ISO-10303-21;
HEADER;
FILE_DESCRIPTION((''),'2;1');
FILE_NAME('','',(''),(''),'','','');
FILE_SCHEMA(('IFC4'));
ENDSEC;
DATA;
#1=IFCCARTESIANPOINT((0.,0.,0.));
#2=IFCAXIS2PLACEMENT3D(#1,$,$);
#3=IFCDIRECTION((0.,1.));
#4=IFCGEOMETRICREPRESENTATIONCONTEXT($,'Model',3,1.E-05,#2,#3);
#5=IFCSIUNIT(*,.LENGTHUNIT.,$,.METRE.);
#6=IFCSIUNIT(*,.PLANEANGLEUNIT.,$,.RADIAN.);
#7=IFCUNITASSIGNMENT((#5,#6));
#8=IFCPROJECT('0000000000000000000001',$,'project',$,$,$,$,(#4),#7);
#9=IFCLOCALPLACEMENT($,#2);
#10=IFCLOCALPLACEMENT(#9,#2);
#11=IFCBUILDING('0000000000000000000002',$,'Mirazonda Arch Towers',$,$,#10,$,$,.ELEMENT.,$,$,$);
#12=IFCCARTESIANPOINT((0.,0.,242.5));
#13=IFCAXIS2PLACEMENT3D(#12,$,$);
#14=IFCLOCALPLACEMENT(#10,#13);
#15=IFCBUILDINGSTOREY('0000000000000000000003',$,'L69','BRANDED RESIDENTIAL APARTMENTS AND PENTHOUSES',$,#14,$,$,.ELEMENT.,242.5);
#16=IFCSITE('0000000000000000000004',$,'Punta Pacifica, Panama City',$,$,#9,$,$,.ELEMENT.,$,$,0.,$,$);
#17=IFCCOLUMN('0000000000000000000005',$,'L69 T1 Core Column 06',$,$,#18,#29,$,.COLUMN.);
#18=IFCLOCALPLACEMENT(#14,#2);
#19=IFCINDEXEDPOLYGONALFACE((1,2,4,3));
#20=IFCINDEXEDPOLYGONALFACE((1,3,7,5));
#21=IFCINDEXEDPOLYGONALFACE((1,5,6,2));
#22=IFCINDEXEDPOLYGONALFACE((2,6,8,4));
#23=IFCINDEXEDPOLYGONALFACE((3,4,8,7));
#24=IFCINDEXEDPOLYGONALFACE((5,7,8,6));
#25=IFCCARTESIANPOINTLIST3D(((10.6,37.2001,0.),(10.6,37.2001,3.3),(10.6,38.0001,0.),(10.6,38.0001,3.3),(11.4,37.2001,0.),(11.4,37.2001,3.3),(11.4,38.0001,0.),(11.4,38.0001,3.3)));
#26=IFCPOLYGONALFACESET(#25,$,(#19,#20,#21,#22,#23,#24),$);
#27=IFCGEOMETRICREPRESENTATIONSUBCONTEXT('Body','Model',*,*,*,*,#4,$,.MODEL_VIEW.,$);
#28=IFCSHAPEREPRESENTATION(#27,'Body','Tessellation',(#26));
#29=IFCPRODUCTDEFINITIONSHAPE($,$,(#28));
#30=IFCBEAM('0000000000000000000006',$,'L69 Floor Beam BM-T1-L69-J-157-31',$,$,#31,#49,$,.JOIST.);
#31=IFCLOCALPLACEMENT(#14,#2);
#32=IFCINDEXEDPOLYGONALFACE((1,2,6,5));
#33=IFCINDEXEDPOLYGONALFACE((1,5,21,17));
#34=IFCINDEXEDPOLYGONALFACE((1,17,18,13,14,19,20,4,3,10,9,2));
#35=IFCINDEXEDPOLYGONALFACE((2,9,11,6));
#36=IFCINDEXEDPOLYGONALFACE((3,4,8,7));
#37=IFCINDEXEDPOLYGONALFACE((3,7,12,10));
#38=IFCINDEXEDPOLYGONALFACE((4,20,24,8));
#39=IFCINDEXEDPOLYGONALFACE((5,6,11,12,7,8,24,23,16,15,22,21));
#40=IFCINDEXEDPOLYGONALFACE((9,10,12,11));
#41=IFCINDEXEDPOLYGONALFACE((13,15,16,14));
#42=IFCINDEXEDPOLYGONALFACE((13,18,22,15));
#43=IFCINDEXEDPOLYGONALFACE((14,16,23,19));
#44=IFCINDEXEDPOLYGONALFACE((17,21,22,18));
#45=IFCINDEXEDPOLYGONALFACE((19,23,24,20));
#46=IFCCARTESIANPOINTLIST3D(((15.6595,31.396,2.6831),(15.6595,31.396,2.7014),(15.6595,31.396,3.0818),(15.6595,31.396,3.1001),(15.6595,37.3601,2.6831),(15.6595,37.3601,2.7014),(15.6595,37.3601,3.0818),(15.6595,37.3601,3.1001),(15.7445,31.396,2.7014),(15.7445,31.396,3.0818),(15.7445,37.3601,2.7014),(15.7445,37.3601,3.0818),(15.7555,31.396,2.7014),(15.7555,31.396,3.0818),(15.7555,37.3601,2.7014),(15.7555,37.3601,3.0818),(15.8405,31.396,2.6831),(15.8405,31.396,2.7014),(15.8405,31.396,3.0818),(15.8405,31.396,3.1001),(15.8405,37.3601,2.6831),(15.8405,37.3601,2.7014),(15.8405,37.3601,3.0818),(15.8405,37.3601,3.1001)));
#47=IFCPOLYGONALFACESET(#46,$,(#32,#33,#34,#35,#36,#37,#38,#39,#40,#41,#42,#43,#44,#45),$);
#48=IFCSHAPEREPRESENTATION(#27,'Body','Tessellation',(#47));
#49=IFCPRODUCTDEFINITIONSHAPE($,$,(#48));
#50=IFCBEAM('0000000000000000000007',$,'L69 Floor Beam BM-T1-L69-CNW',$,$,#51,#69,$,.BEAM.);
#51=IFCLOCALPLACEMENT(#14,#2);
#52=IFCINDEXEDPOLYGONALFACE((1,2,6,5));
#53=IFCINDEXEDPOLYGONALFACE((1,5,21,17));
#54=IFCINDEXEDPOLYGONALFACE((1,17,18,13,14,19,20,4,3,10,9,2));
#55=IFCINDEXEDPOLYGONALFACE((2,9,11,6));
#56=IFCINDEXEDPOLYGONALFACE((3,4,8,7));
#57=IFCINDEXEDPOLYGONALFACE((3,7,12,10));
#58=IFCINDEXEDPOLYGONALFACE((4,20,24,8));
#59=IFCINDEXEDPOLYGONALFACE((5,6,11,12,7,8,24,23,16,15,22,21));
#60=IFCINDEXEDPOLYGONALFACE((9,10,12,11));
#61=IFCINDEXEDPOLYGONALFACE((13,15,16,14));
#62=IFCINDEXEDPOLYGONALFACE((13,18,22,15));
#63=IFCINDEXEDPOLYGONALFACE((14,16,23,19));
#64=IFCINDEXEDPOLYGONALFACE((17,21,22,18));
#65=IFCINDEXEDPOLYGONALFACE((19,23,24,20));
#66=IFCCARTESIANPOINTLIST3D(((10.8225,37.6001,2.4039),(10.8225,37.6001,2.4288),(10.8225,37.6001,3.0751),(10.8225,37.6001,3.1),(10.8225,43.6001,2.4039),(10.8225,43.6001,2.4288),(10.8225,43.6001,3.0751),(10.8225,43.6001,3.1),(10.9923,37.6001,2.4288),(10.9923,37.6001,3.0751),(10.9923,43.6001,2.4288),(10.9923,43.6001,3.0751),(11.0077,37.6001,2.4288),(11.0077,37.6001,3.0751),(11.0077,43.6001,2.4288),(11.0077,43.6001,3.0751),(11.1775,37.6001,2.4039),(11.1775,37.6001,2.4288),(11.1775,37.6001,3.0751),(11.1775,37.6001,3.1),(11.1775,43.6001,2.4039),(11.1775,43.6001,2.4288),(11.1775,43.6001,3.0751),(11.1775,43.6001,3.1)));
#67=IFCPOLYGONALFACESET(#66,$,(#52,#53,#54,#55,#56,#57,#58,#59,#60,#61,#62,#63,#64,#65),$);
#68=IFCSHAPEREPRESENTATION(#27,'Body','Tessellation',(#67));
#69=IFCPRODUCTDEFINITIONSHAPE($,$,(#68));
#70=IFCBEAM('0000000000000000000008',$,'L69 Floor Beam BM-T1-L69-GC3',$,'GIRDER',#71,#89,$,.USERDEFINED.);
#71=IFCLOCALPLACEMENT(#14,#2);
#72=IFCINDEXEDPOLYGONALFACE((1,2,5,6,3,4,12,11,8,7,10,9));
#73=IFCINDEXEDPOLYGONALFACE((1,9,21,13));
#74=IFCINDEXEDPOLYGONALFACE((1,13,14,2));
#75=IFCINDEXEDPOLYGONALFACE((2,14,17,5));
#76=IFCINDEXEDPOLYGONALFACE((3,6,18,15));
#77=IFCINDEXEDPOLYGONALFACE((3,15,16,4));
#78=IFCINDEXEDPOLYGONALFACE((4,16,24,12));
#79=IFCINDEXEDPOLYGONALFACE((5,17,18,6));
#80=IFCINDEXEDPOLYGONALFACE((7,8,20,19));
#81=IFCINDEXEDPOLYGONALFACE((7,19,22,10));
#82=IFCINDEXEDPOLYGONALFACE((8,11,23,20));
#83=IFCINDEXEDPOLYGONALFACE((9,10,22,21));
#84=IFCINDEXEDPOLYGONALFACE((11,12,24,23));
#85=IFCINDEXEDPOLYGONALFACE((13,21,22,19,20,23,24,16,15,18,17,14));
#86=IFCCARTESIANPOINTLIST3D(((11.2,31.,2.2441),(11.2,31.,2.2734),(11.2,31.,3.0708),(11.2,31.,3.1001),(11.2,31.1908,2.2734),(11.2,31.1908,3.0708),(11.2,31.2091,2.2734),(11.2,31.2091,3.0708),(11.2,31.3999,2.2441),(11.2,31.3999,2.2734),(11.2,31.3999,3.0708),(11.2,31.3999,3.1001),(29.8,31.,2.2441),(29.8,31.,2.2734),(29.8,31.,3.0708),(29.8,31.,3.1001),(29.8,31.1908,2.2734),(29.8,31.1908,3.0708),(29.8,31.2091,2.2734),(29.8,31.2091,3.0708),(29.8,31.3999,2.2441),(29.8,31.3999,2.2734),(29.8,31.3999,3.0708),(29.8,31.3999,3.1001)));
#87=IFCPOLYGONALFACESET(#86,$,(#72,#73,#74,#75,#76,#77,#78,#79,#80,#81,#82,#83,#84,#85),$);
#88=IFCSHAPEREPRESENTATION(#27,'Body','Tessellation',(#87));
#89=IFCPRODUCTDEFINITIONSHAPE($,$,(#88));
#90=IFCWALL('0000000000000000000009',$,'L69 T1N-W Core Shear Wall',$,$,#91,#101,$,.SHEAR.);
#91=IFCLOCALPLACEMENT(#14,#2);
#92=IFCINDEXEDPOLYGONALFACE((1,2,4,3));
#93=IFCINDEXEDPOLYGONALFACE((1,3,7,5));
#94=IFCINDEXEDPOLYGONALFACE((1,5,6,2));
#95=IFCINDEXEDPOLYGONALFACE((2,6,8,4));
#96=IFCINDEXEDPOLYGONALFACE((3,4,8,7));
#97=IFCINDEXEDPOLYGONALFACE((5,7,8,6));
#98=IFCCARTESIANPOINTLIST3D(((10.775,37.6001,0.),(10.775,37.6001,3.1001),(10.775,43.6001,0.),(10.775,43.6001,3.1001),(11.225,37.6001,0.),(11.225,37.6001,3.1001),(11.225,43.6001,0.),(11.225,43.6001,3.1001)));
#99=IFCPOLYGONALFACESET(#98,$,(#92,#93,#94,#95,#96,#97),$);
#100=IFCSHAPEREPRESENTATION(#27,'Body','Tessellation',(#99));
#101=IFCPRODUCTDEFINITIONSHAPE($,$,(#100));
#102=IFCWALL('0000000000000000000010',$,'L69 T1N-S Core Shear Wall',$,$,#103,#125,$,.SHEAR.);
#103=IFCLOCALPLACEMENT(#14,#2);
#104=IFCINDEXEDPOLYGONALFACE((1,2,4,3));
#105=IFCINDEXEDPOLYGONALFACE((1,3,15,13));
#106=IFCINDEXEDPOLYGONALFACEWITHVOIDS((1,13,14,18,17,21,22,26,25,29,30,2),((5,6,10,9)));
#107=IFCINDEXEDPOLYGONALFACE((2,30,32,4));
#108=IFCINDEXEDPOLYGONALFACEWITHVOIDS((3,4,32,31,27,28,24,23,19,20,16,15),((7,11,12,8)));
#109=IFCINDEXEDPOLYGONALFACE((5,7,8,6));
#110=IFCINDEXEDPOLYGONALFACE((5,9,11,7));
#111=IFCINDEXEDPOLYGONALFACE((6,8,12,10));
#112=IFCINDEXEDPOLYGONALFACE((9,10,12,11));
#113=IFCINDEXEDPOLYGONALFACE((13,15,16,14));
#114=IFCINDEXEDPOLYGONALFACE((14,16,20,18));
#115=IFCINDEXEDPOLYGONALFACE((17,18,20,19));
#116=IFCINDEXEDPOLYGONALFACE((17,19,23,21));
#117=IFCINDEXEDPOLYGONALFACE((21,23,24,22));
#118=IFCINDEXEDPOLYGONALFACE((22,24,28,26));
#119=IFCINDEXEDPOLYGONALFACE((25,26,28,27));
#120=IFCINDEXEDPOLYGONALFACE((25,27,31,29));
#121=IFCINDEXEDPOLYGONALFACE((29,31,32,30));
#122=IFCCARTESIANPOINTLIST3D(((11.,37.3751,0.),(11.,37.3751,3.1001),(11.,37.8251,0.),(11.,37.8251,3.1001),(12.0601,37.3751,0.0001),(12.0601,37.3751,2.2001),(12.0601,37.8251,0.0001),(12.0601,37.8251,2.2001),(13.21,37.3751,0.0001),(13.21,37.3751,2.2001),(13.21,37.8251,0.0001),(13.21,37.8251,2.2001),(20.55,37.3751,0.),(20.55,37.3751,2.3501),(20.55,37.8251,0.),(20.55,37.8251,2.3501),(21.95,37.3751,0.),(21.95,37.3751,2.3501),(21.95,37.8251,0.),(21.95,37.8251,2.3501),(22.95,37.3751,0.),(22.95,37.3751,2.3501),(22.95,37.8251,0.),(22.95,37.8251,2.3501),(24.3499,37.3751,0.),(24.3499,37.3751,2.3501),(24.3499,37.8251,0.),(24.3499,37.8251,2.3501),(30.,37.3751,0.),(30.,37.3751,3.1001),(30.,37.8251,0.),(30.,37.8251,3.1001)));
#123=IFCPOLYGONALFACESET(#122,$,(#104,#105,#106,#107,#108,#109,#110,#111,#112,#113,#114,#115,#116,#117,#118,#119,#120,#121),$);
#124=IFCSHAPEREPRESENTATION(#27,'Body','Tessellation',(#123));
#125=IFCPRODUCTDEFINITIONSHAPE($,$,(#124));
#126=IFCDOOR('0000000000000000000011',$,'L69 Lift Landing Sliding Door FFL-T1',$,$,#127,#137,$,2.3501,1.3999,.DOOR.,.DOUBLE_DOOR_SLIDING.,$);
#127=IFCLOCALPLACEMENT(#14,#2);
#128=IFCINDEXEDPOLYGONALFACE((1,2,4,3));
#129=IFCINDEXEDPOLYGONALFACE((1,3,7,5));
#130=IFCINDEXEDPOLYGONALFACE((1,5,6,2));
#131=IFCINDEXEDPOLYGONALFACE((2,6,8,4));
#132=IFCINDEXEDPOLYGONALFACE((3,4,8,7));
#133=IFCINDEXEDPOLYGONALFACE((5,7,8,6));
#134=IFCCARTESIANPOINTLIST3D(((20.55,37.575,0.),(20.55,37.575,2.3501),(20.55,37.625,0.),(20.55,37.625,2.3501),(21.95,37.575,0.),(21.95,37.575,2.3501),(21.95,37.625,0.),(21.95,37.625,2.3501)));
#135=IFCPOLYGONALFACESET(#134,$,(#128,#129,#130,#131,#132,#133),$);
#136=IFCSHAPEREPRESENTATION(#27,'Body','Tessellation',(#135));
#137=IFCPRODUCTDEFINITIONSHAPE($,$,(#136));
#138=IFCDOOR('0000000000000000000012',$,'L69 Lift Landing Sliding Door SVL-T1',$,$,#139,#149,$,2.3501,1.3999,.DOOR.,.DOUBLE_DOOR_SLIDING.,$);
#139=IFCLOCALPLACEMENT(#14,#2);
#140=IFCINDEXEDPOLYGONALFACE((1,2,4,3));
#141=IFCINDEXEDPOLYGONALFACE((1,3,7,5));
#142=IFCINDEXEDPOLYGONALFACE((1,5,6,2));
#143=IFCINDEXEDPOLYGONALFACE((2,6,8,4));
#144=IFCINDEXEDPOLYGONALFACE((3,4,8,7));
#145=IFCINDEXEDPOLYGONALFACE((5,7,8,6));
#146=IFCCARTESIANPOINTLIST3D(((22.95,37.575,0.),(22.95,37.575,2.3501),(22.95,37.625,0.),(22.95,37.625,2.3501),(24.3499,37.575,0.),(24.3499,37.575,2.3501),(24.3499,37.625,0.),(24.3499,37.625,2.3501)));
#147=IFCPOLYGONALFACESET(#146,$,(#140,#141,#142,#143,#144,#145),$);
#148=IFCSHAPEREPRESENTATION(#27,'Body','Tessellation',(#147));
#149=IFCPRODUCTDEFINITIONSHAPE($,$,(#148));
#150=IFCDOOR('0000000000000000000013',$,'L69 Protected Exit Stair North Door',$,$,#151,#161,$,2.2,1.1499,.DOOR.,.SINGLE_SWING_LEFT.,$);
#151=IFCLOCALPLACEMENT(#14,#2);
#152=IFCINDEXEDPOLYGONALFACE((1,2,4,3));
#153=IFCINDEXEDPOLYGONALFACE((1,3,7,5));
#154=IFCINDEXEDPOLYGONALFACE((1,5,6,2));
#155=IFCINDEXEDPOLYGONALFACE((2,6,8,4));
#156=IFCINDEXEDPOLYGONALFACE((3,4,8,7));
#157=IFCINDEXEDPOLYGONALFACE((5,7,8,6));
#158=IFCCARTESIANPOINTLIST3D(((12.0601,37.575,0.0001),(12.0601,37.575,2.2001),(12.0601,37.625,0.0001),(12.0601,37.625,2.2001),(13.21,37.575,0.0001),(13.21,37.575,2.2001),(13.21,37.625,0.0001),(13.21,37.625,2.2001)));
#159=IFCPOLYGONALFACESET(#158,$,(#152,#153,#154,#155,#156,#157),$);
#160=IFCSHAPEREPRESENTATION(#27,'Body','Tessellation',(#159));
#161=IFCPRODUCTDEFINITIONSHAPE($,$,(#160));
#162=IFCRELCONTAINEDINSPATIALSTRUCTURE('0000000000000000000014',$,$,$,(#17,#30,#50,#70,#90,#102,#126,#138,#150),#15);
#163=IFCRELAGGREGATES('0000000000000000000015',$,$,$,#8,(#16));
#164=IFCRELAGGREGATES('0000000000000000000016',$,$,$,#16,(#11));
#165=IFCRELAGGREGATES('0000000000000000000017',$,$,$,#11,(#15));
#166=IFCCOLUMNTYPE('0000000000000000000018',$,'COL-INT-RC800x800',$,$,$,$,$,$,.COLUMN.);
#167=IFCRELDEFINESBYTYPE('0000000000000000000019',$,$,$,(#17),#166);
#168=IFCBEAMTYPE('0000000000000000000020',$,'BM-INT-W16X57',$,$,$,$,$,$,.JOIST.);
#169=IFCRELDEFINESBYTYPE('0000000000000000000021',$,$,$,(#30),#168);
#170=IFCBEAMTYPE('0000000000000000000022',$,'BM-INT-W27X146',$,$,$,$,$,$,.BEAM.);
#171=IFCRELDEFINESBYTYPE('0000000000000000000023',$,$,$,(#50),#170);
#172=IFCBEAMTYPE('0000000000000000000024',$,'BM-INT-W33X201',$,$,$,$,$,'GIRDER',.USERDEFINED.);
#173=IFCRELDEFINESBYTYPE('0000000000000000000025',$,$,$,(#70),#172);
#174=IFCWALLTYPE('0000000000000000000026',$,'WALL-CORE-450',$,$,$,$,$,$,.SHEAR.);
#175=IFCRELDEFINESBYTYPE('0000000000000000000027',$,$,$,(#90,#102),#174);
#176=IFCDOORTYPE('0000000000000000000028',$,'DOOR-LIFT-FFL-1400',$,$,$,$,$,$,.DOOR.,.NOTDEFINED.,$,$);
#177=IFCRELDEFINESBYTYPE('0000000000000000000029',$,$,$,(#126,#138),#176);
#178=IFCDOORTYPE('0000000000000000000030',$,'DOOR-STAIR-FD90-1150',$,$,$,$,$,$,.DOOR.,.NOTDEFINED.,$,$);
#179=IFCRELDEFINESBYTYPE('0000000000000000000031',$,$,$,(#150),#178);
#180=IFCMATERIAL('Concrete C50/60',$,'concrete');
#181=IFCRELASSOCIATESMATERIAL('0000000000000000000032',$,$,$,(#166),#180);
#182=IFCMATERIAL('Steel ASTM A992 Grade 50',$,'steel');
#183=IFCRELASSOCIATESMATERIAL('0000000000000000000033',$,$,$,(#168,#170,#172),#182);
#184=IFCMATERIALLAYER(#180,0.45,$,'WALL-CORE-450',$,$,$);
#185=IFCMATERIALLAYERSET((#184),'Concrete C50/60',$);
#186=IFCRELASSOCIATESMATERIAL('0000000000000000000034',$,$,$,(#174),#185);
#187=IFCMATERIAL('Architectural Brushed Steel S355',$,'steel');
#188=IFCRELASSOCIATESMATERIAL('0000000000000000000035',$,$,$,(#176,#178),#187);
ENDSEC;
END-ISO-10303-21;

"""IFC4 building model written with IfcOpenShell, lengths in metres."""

from ifc_helpers import new_model, si_unit, direction, frame, frame_2d, origin, origin_2d, place, context, subcontext, project, spatial, rectangle, i_section, extrude, material, layer, layer_set, material_profile, profile_set, type_object, element, fill, save


model = new_model("IFC4")

# Units and contexts
model_context = context("Model", 3, precision=1e-05, world=origin(), true_north=direction((0.0, 1.0)))
body_context = subcontext(model_context, "Body", "Model", "MODEL_VIEW")
ifc_project = project(units=[si_unit("LENGTHUNIT", "METRE"), si_unit("PLANEANGLEUNIT", "RADIAN")], contexts=[model_context])

# Site, building, storey
site_placement = place(None, origin())
site = spatial("IfcSite", under=ifc_project, at=site_placement, Name="Punta Pacifica, Panama City", CompositionType="ELEMENT", RefElevation=0.0)
building_placement = place(site_placement, origin())
building = spatial("IfcBuilding", under=site, at=building_placement, Name="Mirazonda Arch Towers", CompositionType="ELEMENT")
storey_placement = place(building_placement, frame((0.0, 0.0, 242.5)))
storey = spatial("IfcBuildingStorey", under=building, at=storey_placement, Name="L69", Description="BRANDED RESIDENTIAL APARTMENTS AND PENTHOUSES", CompositionType="ELEMENT", Elevation=242.5)

# Column
ifc_material_1 = material(Name="Concrete C50/60", Category="concrete")
ifc_material_profile_1 = material_profile(ifc_material_1, rectangle(XDim=0.8, YDim=0.8, at=origin_2d()), Name="RC800x800")
ifc_profile_set_1 = profile_set([ifc_material_profile_1], Name="Concrete C50/60")
column_type = type_object("IfcColumnType", Name="COL-INT-RC800x800", PredefinedType="COLUMN", material=ifc_profile_set_1)
column_placement = place(storey_placement, frame((11.0, 37.6001, 0.0), z_axis=(0.0, 0.0, 1.0), x_axis=(1.0, 0.0, 0.0)))
element("IfcColumn", 1, at=column_placement, inside=storey, type_object=column_type, Name="L69 T1 Core Column 06", PredefinedType="COLUMN", context=body_context, shape_type="SweptSolid", body=[
    extrude(rectangle(XDim=0.8, YDim=0.8, at=origin_2d()), origin(), (0.0, 0.0, 1.0), 3.3),
])

# Beams
ifc_material_2 = material(Name="Steel ASTM A992 Grade 50", Category="steel")
ifc_material_profile_2 = material_profile(ifc_material_2, i_section(OverallWidth=0.1809, OverallDepth=0.417, WebThickness=0.011, FlangeThickness=0.0183, at=origin_2d()), Name="W16X57")
ifc_profile_set_2 = profile_set([ifc_material_profile_2], Name="Steel ASTM A992 Grade 50")
beam_type_1 = type_object("IfcBeamType", Name="BM-INT-W16X57", PredefinedType="JOIST", material=ifc_profile_set_2)
beam_1_placement = place(storey_placement, frame((15.75, 31.396, 2.8916), z_axis=(0.0, 1.0, 0.0), x_axis=(-1.0, 0.0, 0.0)))
element("IfcBeam", 2, at=beam_1_placement, inside=storey, type_object=beam_type_1, Name="L69 Floor Beam BM-T1-L69-J-157-31", PredefinedType="JOIST", context=body_context, shape_type="SweptSolid", body=[
    extrude(i_section(OverallWidth=0.1809, OverallDepth=0.417, WebThickness=0.011, FlangeThickness=0.0183, at=origin_2d()), origin(), (0.0, 0.0, 1.0), 5.9641),
])
ifc_material_profile_3 = material_profile(ifc_material_2, i_section(OverallWidth=0.355, OverallDepth=0.696, WebThickness=0.0154, FlangeThickness=0.0249, at=origin_2d()), Name="W27X146")
ifc_profile_set_3 = profile_set([ifc_material_profile_3], Name="Steel ASTM A992 Grade 50")
beam_type_2 = type_object("IfcBeamType", Name="BM-INT-W27X146", PredefinedType="BEAM", material=ifc_profile_set_3)
beam_2_placement = place(storey_placement, frame((11.0, 37.6001, 2.752), z_axis=(0.0, 1.0, 0.0), x_axis=(-1.0, 0.0, 0.0)))
element("IfcBeam", 3, at=beam_2_placement, inside=storey, type_object=beam_type_2, Name="L69 Floor Beam BM-T1-L69-CNW", PredefinedType="BEAM", context=body_context, shape_type="SweptSolid", body=[
    extrude(i_section(OverallWidth=0.355, OverallDepth=0.696, WebThickness=0.0154, FlangeThickness=0.0249, at=origin_2d()), origin(), (0.0, 0.0, 1.0), 6.0),
])
ifc_material_profile_4 = material_profile(ifc_material_2, i_section(OverallWidth=0.3999, OverallDepth=0.856, WebThickness=0.0183, FlangeThickness=0.0293, at=origin_2d()), Name="W33X201")
ifc_profile_set_4 = profile_set([ifc_material_profile_4], Name="Steel ASTM A992 Grade 50")
beam_type_3 = type_object("IfcBeamType", Name="BM-INT-W33X201", ElementType="GIRDER", PredefinedType="USERDEFINED", material=ifc_profile_set_4)
beam_3_placement = place(storey_placement, frame((11.2, 31.2, 2.6721), z_axis=(1.0, 0.0, 0.0), x_axis=(0.0, 1.0, 0.0)))
element("IfcBeam", 4, at=beam_3_placement, inside=storey, type_object=beam_type_3, Name="L69 Floor Beam BM-T1-L69-GC3", ObjectType="GIRDER", PredefinedType="USERDEFINED", context=body_context, shape_type="SweptSolid", body=[
    extrude(i_section(OverallWidth=0.3999, OverallDepth=0.856, WebThickness=0.0183, FlangeThickness=0.0293, at=origin_2d()), origin(), (0.0, 0.0, 1.0), 18.6001),
])

# Wall
ifc_layer_1 = layer(ifc_material_1, 0.45, Name="WALL-CORE-450")
ifc_layer_set_1 = layer_set([ifc_layer_1], Name="Concrete C50/60")
wall_type_1 = type_object("IfcWallType", Name="WALL-CORE-450", PredefinedType="SHEAR", material=ifc_layer_set_1)
wall_1_placement = place(storey_placement, frame((11.0, 37.6001, 0.0), z_axis=(0.0, 0.0, 1.0), x_axis=(0.0, 1.0, 0.0)))
element("IfcWall", 5, at=wall_1_placement, inside=storey, type_object=wall_type_1, Name="L69 T1N-W Core Shear Wall", PredefinedType="SHEAR", context=body_context, shape_type="SweptSolid", body=[
    extrude(rectangle(XDim=6.0, YDim=0.45, at=frame_2d((3.0, 0.0))), origin(), (0.0, 0.0, 1.0), 3.1001),
])

# Wall, openings, doors
wall_2_placement = place(storey_placement, frame((11.0, 37.6001, 0.0), z_axis=(0.0, 0.0, 1.0), x_axis=(1.0, 0.0, 0.0)))
wall_2 = element("IfcWall", 6, at=wall_2_placement, inside=storey, type_object=wall_type_1, Name="L69 T1N-S Core Shear Wall", PredefinedType="SHEAR", context=body_context, shape_type="SweptSolid", body=[
    extrude(rectangle(XDim=19.0, YDim=0.45, at=frame_2d((9.5, 0.0))), origin(), (0.0, 0.0, 1.0), 3.1001),
])
opening_1_placement = place(wall_2_placement, frame((1.0601, 0.0, 0.0)))
opening_1 = element("IfcOpeningElement", 7, at=opening_1_placement, cuts=wall_2, PredefinedType="OPENING", context=body_context, shape_type="SweptSolid", body=[
    extrude(rectangle(XDim=1.1499, YDim=2.2, at=frame_2d((0.575, 1.1001))), frame((0.0, 0.2349, 0.0), z_axis=(0.0, -1.0, 0.0), x_axis=(1.0, 0.0, 0.0)), (0.0, 0.0, 1.0), 0.47),
])
opening_2_placement = place(wall_2_placement, frame((9.55, 0.0, 0.0)))
opening_2 = element("IfcOpeningElement", 8, at=opening_2_placement, cuts=wall_2, PredefinedType="OPENING", context=body_context, shape_type="SweptSolid", body=[
    extrude(rectangle(XDim=1.3999, YDim=2.3501, at=frame_2d((0.7, 1.175))), frame((0.0, 0.2349, 0.0), z_axis=(0.0, -1.0, 0.0), x_axis=(1.0, 0.0, 0.0)), (0.0, 0.0, 1.0), 0.47),
])
opening_3_placement = place(wall_2_placement, frame((11.95, 0.0, 0.0)))
opening_3 = element("IfcOpeningElement", 9, at=opening_3_placement, cuts=wall_2, PredefinedType="OPENING", context=body_context, shape_type="SweptSolid", body=[
    extrude(rectangle(XDim=1.3999, YDim=2.3501, at=frame_2d((0.7, 1.175))), frame((0.0, 0.2349, 0.0), z_axis=(0.0, -1.0, 0.0), x_axis=(1.0, 0.0, 0.0)), (0.0, 0.0, 1.0), 0.47),
])
ifc_material_3 = material(Name="Architectural Brushed Steel S355", Category="steel")
door_type_1 = type_object("IfcDoorType", Name="DOOR-LIFT-FFL-1400", OperationType="NOTDEFINED", PredefinedType="DOOR", material=ifc_material_3)
door_1_placement = place(opening_2_placement, origin())
door_1 = element("IfcDoor", 10, at=door_1_placement, inside=storey, type_object=door_type_1, Name="L69 Lift Landing Sliding Door FFL-T1", OperationType="DOUBLE_DOOR_SLIDING", OverallHeight=2.3501, OverallWidth=1.3999, PredefinedType="DOOR", context=body_context, shape_type="SweptSolid", body=[
    extrude(rectangle(XDim=1.3999, YDim=2.3501, at=frame_2d((0.7, 1.175))), frame((0.0, 0.0249, 0.0), z_axis=(0.0, -1.0, 0.0), x_axis=(1.0, 0.0, 0.0)), (0.0, 0.0, 1.0), 0.05),
])
fill(opening_2, door_1)
door_2_placement = place(opening_3_placement, origin())
door_2 = element("IfcDoor", 11, at=door_2_placement, inside=storey, type_object=door_type_1, Name="L69 Lift Landing Sliding Door SVL-T1", OperationType="DOUBLE_DOOR_SLIDING", OverallHeight=2.3501, OverallWidth=1.3999, PredefinedType="DOOR", context=body_context, shape_type="SweptSolid", body=[
    extrude(rectangle(XDim=1.3999, YDim=2.3501, at=frame_2d((0.7, 1.175))), frame((0.0, 0.0249, 0.0), z_axis=(0.0, -1.0, 0.0), x_axis=(1.0, 0.0, 0.0)), (0.0, 0.0, 1.0), 0.05),
])
fill(opening_3, door_2)
door_type_2 = type_object("IfcDoorType", Name="DOOR-STAIR-FD90-1150", OperationType="NOTDEFINED", PredefinedType="DOOR", material=ifc_material_3)
door_3_placement = place(opening_1_placement, origin())
door_3 = element("IfcDoor", 12, at=door_3_placement, inside=storey, type_object=door_type_2, Name="L69 Protected Exit Stair North Door", OperationType="SINGLE_SWING_LEFT", OverallHeight=2.2, OverallWidth=1.1499, PredefinedType="DOOR", context=body_context, shape_type="SweptSolid", body=[
    extrude(rectangle(XDim=1.1499, YDim=2.2, at=frame_2d((0.575, 1.1001))), frame((0.0, 0.0249, 0.0), z_axis=(0.0, -1.0, 0.0), x_axis=(1.0, 0.0, 0.0)), (0.0, 0.0, 1.0), 0.05),
])
fill(opening_1, door_3)

save(model, "model.ifc")
